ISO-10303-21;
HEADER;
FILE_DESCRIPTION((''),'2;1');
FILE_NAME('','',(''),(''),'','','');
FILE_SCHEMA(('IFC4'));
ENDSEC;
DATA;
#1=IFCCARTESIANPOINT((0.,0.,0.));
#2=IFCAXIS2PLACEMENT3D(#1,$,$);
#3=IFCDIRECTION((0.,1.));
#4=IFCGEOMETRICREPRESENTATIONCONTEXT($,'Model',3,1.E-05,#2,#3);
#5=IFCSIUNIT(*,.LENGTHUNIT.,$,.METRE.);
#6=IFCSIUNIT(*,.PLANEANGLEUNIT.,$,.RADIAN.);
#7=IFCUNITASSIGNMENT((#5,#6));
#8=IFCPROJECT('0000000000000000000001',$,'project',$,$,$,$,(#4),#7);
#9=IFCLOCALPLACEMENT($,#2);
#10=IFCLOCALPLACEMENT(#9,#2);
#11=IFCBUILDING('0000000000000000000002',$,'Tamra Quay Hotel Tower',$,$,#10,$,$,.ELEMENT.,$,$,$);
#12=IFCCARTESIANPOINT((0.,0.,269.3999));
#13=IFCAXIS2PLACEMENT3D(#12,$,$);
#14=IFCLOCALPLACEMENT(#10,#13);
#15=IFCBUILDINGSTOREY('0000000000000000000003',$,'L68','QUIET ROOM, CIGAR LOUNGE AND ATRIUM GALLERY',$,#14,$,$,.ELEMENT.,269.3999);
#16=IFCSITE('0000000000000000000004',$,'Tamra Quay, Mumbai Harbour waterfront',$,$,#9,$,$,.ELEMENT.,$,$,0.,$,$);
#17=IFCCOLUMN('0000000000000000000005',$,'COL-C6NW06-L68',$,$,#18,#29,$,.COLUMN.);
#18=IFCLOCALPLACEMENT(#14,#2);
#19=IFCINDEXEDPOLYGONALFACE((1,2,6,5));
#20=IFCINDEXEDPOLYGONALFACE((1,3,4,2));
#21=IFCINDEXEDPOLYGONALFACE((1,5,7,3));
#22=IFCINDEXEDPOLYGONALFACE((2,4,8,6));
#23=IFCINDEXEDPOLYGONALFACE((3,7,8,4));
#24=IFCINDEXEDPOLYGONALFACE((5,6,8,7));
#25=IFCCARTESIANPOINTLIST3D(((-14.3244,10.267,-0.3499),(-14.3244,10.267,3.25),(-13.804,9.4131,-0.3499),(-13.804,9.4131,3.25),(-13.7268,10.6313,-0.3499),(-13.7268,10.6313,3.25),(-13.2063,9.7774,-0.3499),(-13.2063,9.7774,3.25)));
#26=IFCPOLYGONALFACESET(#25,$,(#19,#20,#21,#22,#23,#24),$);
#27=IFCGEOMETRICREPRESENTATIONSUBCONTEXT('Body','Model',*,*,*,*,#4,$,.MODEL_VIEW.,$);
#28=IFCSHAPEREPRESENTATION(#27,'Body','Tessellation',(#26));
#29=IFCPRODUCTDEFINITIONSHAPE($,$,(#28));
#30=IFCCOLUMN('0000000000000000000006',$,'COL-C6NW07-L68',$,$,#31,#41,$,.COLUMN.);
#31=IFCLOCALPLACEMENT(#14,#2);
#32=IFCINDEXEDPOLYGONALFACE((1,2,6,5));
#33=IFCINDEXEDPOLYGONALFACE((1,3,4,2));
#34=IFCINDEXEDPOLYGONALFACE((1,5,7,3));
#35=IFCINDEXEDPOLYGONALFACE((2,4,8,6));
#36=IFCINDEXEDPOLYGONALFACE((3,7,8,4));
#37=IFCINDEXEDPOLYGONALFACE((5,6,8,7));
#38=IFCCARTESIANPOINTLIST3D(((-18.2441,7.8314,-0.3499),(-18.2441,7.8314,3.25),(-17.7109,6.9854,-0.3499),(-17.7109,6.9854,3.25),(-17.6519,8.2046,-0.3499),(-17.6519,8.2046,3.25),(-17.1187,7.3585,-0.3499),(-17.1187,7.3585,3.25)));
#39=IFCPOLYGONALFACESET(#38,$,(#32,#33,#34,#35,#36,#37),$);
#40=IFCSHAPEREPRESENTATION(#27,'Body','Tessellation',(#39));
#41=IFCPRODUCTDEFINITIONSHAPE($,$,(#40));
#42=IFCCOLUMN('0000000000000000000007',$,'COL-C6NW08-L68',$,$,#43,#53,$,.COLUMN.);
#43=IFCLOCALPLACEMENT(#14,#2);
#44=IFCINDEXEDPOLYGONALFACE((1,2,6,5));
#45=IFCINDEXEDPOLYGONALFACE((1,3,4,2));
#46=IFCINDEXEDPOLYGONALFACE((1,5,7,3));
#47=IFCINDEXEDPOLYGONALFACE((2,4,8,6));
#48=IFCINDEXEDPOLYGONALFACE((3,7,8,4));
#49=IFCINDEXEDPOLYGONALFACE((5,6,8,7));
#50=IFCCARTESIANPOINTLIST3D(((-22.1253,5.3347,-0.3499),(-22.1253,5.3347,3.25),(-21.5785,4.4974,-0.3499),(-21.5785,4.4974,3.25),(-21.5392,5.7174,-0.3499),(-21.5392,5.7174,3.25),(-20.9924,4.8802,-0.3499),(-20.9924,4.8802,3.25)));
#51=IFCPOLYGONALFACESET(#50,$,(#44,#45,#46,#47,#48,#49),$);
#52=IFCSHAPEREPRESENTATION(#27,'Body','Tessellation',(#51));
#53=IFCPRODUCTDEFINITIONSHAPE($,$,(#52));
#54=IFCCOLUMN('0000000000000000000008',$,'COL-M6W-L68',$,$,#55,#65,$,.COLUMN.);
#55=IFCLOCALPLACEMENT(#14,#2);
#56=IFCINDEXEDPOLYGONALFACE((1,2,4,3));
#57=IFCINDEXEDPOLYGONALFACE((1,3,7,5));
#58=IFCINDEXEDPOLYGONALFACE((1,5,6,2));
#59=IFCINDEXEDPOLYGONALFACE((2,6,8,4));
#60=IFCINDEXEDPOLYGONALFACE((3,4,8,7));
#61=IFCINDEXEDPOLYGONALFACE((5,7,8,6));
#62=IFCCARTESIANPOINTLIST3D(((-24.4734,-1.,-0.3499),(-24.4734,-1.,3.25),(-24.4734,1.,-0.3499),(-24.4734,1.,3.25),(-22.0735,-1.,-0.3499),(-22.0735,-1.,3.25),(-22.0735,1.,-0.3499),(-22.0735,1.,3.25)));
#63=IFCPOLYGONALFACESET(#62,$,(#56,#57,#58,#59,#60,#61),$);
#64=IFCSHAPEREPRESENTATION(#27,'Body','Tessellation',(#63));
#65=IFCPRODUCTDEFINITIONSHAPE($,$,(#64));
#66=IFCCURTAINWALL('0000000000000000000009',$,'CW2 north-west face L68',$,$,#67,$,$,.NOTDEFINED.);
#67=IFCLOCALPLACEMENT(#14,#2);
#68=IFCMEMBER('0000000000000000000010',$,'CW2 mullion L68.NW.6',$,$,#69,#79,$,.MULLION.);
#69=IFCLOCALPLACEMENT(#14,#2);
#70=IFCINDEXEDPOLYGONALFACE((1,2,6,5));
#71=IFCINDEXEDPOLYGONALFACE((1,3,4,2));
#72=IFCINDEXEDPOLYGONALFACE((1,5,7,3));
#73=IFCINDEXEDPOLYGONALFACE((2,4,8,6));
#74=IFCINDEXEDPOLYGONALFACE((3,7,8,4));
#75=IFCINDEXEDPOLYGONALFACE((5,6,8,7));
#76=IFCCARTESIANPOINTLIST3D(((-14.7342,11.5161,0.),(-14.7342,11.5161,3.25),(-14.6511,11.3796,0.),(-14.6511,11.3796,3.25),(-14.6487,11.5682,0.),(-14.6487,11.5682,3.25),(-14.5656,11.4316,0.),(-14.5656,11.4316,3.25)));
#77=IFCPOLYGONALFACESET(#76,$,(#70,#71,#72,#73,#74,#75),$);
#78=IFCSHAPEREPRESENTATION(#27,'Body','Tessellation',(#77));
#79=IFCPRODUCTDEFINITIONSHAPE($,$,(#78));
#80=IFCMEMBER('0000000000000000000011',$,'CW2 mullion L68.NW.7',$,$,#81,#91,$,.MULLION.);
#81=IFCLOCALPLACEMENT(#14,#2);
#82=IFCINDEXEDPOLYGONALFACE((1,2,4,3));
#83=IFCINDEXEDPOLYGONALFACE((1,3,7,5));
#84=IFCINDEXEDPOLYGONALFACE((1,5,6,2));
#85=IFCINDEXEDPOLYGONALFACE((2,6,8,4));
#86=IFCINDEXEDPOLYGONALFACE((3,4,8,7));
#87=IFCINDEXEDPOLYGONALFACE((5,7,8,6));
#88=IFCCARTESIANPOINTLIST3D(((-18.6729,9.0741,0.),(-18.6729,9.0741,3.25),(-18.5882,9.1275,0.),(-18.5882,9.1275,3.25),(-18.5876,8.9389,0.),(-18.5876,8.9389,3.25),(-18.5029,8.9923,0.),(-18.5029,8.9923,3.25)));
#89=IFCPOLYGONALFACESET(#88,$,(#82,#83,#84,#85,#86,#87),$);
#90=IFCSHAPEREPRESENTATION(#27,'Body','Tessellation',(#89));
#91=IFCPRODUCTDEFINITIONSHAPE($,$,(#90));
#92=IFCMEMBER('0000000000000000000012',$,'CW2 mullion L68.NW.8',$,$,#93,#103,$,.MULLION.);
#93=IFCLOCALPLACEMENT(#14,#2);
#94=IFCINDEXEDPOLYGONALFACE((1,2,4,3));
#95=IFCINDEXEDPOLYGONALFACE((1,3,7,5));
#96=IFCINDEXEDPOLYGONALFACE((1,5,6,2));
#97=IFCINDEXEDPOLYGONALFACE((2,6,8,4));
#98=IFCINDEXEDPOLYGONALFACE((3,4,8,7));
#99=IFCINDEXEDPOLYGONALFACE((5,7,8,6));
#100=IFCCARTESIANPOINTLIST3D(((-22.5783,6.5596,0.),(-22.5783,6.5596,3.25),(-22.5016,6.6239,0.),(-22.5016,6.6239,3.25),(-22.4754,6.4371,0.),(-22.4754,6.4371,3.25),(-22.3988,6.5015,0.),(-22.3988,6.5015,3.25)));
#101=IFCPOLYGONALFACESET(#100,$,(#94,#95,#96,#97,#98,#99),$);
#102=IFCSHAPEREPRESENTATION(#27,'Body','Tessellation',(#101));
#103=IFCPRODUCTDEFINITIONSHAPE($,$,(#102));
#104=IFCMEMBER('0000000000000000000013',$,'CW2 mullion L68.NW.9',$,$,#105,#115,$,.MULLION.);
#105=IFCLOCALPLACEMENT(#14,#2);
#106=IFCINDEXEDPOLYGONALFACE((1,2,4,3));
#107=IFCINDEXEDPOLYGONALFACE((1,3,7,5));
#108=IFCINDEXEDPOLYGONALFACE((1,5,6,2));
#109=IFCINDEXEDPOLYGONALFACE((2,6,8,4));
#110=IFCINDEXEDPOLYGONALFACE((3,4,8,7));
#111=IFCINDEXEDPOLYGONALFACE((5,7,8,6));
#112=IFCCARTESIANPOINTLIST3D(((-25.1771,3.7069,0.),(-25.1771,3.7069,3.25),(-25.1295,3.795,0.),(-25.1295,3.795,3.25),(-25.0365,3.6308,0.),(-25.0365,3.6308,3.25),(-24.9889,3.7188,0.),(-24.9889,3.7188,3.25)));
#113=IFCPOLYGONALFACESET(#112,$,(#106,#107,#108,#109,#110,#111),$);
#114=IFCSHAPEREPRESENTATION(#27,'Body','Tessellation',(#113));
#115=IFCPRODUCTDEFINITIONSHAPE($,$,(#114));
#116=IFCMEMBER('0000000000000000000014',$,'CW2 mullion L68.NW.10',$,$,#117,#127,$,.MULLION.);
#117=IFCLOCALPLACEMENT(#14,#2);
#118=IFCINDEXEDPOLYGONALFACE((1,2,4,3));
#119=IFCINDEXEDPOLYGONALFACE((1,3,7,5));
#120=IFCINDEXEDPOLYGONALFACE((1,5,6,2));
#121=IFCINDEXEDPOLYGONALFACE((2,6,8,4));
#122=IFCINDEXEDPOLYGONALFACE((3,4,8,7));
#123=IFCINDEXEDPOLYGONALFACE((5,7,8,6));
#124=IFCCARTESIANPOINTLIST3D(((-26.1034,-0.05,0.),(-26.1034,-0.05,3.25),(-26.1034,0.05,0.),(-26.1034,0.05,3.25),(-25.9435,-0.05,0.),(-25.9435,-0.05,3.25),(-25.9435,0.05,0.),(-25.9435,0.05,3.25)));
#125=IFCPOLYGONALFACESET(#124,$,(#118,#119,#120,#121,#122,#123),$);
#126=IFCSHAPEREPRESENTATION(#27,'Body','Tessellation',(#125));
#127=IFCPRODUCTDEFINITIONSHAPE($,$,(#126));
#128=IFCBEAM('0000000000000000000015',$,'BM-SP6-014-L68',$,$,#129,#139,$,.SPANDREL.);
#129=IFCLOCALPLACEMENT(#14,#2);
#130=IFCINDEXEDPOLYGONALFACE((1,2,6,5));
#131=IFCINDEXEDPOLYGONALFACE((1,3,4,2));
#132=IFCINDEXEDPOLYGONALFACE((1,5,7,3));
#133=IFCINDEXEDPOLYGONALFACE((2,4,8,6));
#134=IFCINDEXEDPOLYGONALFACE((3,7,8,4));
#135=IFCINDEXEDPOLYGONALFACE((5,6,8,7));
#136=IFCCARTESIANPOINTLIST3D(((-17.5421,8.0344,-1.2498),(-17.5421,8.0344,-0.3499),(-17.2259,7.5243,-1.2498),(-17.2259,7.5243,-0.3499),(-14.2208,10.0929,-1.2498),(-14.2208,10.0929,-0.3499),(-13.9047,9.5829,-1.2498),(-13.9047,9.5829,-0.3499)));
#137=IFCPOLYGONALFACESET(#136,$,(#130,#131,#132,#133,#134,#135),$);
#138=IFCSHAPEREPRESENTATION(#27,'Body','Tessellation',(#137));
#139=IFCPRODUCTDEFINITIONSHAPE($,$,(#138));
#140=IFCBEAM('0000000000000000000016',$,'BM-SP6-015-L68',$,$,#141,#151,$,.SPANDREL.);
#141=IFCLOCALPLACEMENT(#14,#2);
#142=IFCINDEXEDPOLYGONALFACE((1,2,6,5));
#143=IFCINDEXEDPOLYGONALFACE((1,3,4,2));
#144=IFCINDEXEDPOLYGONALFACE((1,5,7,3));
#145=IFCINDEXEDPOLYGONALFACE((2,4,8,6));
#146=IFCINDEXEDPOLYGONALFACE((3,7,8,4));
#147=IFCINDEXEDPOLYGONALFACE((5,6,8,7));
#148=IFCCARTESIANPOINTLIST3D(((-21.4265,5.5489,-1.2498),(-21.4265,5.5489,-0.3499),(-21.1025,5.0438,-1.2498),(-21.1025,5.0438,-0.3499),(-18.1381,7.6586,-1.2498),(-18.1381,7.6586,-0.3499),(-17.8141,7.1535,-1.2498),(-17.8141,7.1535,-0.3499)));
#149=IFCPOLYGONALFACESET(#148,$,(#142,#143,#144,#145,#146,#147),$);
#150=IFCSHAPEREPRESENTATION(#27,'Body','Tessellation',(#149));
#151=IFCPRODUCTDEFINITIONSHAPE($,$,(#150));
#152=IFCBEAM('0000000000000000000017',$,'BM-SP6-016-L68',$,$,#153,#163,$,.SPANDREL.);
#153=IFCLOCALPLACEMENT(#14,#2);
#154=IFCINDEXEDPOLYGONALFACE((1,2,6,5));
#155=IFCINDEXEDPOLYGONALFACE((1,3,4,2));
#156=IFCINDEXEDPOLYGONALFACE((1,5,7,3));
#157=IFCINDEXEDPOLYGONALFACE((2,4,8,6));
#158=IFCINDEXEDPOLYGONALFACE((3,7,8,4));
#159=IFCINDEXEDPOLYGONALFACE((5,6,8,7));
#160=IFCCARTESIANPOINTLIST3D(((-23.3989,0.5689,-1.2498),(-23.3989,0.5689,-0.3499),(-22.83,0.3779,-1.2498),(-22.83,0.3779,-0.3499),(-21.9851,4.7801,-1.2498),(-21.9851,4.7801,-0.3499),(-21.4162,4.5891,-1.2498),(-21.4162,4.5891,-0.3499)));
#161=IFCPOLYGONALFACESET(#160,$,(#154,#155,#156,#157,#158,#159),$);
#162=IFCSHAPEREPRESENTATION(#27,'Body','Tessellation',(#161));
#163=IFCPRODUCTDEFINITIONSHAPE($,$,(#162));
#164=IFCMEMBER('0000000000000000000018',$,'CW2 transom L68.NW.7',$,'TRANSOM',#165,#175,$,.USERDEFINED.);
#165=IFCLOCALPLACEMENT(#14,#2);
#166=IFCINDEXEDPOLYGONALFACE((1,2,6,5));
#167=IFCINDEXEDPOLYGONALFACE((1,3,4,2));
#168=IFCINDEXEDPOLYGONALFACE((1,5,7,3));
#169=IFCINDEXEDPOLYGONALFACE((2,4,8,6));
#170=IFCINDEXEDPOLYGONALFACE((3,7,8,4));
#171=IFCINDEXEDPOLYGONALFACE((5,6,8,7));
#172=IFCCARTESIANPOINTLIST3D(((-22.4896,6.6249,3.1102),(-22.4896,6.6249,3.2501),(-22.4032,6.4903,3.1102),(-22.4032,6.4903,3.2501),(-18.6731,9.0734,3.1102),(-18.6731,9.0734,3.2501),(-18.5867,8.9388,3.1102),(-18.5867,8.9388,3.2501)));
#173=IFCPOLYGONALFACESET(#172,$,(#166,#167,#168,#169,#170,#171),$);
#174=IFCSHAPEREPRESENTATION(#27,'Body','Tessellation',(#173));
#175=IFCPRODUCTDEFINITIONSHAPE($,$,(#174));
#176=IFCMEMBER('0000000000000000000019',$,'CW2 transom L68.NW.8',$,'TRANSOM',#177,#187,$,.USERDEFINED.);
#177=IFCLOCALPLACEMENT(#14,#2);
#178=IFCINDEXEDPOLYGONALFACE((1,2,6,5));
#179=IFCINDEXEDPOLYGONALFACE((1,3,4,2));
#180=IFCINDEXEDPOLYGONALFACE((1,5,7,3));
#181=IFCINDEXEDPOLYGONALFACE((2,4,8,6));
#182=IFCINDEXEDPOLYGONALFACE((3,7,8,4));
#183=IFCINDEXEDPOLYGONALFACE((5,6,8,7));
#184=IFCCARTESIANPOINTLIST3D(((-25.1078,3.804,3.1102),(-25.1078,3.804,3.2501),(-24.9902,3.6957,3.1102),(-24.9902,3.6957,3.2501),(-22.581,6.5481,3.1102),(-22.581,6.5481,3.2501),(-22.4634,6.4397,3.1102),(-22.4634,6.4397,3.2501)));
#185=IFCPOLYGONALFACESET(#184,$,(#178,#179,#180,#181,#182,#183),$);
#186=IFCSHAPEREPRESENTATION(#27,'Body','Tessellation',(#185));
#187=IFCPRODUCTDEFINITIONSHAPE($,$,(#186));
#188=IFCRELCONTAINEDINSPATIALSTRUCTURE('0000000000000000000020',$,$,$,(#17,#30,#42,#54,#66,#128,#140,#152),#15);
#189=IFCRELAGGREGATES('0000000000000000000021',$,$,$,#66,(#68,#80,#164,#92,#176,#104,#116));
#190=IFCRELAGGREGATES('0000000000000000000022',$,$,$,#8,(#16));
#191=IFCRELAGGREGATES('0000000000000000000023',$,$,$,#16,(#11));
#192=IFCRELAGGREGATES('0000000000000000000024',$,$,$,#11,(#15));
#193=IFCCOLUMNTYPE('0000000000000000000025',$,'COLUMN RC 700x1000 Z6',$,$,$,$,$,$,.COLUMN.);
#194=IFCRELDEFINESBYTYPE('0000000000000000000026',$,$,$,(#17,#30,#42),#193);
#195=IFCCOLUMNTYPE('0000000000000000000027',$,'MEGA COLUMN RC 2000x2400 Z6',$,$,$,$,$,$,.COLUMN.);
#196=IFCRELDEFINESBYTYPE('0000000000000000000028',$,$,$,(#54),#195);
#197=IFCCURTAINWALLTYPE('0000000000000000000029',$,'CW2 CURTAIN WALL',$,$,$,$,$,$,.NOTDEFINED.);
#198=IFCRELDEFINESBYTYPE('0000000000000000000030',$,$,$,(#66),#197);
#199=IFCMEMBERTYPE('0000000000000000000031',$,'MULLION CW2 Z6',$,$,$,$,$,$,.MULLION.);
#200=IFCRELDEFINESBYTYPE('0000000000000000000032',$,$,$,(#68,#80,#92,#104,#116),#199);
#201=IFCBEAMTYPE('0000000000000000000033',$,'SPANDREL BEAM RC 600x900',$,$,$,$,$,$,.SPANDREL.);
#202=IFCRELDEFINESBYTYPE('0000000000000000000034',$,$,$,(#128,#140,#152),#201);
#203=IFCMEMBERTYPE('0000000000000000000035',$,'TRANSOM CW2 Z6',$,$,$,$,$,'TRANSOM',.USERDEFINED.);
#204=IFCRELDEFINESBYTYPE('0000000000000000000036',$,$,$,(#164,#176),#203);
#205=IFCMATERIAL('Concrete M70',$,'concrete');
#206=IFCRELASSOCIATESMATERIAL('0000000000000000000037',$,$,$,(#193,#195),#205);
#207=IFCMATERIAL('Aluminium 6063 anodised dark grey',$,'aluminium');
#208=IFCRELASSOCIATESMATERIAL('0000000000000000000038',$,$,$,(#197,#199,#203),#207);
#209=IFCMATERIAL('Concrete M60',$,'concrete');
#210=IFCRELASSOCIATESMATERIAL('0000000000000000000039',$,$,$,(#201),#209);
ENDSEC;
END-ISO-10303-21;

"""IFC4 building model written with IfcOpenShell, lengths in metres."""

from ifc_helpers import new_model, si_unit, direction, frame, origin, origin_2d, place, context, subcontext, project, spatial, rectangle, extrude, material, material_profile, profile_set, type_object, element, aggregate, save


model = new_model("IFC4")

# Units and contexts
model_context = context("Model", 3, precision=1e-05, world=origin(), true_north=direction((0.0, 1.0)))
body_context = subcontext(model_context, "Body", "Model", "MODEL_VIEW")
ifc_project = project(units=[si_unit("LENGTHUNIT", "METRE"), si_unit("PLANEANGLEUNIT", "RADIAN")], contexts=[model_context])

# Site, building, storey
site_placement = place(None, origin())
site = spatial("IfcSite", under=ifc_project, at=site_placement, Name="Tamra Quay, Mumbai Harbour waterfront", CompositionType="ELEMENT", RefElevation=0.0)
building_placement = place(site_placement, origin())
building = spatial("IfcBuilding", under=site, at=building_placement, Name="Tamra Quay Hotel Tower", CompositionType="ELEMENT")
storey_placement = place(building_placement, frame((0.0, 0.0, 269.3999)))
storey = spatial("IfcBuildingStorey", under=building, at=storey_placement, Name="L68", Description="QUIET ROOM, CIGAR LOUNGE AND ATRIUM GALLERY", CompositionType="ELEMENT", Elevation=269.3999)

# Columns
ifc_material_1 = material(Name="Concrete M70", Category="concrete")
ifc_material_profile_1 = material_profile(ifc_material_1, rectangle(XDim=1.0, YDim=0.7, at=origin_2d()), Name="COLUMN RC 700x1000 Z6")
ifc_profile_set_1 = profile_set([ifc_material_profile_1], Name="Concrete M70")
column_type_1 = type_object("IfcColumnType", Name="COLUMN RC 700x1000 Z6", PredefinedType="COLUMN", material=ifc_profile_set_1)
for number, where, z_axis, x_axis, name in (
    (1, (-13.7654, 10.0222, -0.3499), (0.0, 0.0, 1.0), (-0.52043, 0.853904, 0.0), "COL-C6NW06-L68"),
    (2, (-17.6814, 7.595, -0.3499), (0.0, 0.0, 1.0), (-0.533133, 0.846031, 0.0), "COL-C6NW07-L68"),
    (3, (-21.5588, 5.1074, -0.3499), (0.0, 0.0, 1.0), (-0.546805, 0.83726, 0.0), "COL-C6NW08-L68"),
):
    element("IfcColumn", number, at=place(storey_placement, frame(where, z_axis=z_axis, x_axis=x_axis)), inside=storey, type_object=column_type_1, Name=name, PredefinedType="COLUMN", context=body_context, shape_type="SweptSolid", body=[
        extrude(rectangle(XDim=1.0, YDim=0.7, at=origin_2d()), origin(), (0.0, 0.0, 1.0), 3.5999),
    ])
ifc_material_profile_2 = material_profile(ifc_material_1, rectangle(XDim=2.3999, YDim=2.0, at=origin_2d()), Name="MEGA COLUMN RC 2000x2400 Z6")
ifc_profile_set_2 = profile_set([ifc_material_profile_2], Name="Concrete M70")
column_type_2 = type_object("IfcColumnType", Name="MEGA COLUMN RC 2000x2400 Z6", PredefinedType="COLUMN", material=ifc_profile_set_2)
column_placement = place(storey_placement, frame((-23.2734, 0.0, -0.3499), z_axis=(0.0, 0.0, 1.0), x_axis=(1.0, 0.0, 0.0)))
element("IfcColumn", 4, at=column_placement, inside=storey, type_object=column_type_2, Name="COL-M6W-L68", PredefinedType="COLUMN", context=body_context, shape_type="SweptSolid", body=[
    extrude(rectangle(XDim=2.3999, YDim=2.0, at=origin_2d()), origin(), (0.0, 0.0, 1.0), 3.5999),
])

# Curtain wall, members
ifc_material_2 = material(Name="Aluminium 6063 anodised dark grey", Category="aluminium")
curtain_wall_type = type_object("IfcCurtainWallType", Name="CW2 CURTAIN WALL", PredefinedType="NOTDEFINED", material=ifc_material_2)
curtain_wall_placement = place(storey_placement, origin())
curtain_wall = element("IfcCurtainWall", 5, at=curtain_wall_placement, inside=storey, type_object=curtain_wall_type, Name="CW2 north-west face L68", PredefinedType="NOTDEFINED")
ifc_material_profile_3 = material_profile(ifc_material_2, rectangle(XDim=0.1599, YDim=0.1001, at=origin_2d()), Name="MULLION 100X160")
ifc_profile_set_3 = profile_set([ifc_material_profile_3], Name="Aluminium 6063 anodised dark grey")
member_type_1 = type_object("IfcMemberType", Name="MULLION CW2 Z6", PredefinedType="MULLION", material=ifc_profile_set_3)
member_1_placement = place(storey_placement, frame((-14.6499, 11.4739, 0.0), z_axis=(0.0, 0.0, 1.0), x_axis=(-0.52016, 0.854069, 0.0)))
member_1 = element("IfcMember", 6, at=member_1_placement, type_object=member_type_1, Name="CW2 mullion L68.NW.6", PredefinedType="MULLION", context=body_context, shape_type="SweptSolid", body=[
    extrude(rectangle(XDim=0.1599, YDim=0.1001, at=origin_2d()), origin(), (0.0, 0.0, 1.0), 3.25),
])
member_2_placement = place(storey_placement, frame((-18.5879, 9.0332, 0.0), z_axis=(0.0, 0.0, 1.0), x_axis=(-0.533422, 0.845849, 0.0)))
member_2 = element("IfcMember", 7, at=member_2_placement, type_object=member_type_1, Name="CW2 mullion L68.NW.7", PredefinedType="MULLION", context=body_context, shape_type="SweptSolid", body=[
    extrude(rectangle(XDim=0.1599, YDim=0.1001, at=origin_2d()), origin(), (0.0, 0.0, 1.0), 3.25),
])
member_3_placement = place(storey_placement, frame((-22.4885, 6.5305, 0.0), z_axis=(0.0, 0.0, 1.0), x_axis=(-0.643086, 0.765794, 0.0)))
member_3 = element("IfcMember", 8, at=member_3_placement, type_object=member_type_1, Name="CW2 mullion L68.NW.8", PredefinedType="MULLION", context=body_context, shape_type="SweptSolid", body=[
    extrude(rectangle(XDim=0.1599, YDim=0.1001, at=origin_2d()), origin(), (0.0, 0.0, 1.0), 3.25),
])
member_4_placement = place(storey_placement, frame((-25.083, 3.7129, 0.0), z_axis=(0.0, 0.0, 1.0), x_axis=(-0.879433, 0.476023, 0.0)))
member_4 = element("IfcMember", 9, at=member_4_placement, type_object=member_type_1, Name="CW2 mullion L68.NW.9", PredefinedType="MULLION", context=body_context, shape_type="SweptSolid", body=[
    extrude(rectangle(XDim=0.1599, YDim=0.1001, at=origin_2d()), origin(), (0.0, 0.0, 1.0), 3.25),
])
member_5_placement = place(storey_placement, frame((-26.0234, 0.0, 0.0), z_axis=(0.0, 0.0, 1.0), x_axis=(-1.0, 0.0, 0.0)))
member_5 = element("IfcMember", 10, at=member_5_placement, type_object=member_type_1, Name="CW2 mullion L68.NW.10", PredefinedType="MULLION", context=body_context, shape_type="SweptSolid", body=[
    extrude(rectangle(XDim=0.1599, YDim=0.1001, at=origin_2d()), origin(), (0.0, 0.0, 1.0), 3.25),
])

# Beams
ifc_material_3 = material(Name="Concrete M60", Category="concrete")
ifc_material_profile_4 = material_profile(ifc_material_3, rectangle(XDim=0.6001, YDim=0.8999, at=origin_2d()), Name="SPANDREL BEAM RC 600x900")
ifc_profile_set_4 = profile_set([ifc_material_profile_4], Name="Concrete M60")
beam_type = type_object("IfcBeamType", Name="SPANDREL BEAM RC 600x900", PredefinedType="SPANDREL", material=ifc_profile_set_4)
beam_1_placement = place(storey_placement, frame((-14.0627, 9.8379, -0.7998), z_axis=(-0.849972, -0.526828, 0.0), x_axis=(0.526828, -0.849972, 0.0)))
element("IfcBeam", 11, at=beam_1_placement, inside=storey, type_object=beam_type, Name="BM-SP6-014-L68", PredefinedType="SPANDREL", context=body_context, shape_type="SweptSolid", body=[
    extrude(rectangle(XDim=0.6001, YDim=0.8999, at=origin_2d()), origin(), (0.0, 0.0, 1.0), 3.9075),
])
beam_2_placement = place(storey_placement, frame((-17.9761, 7.406, -0.7998), z_axis=(-0.84168, -0.539977, 0.0), x_axis=(0.539977, -0.84168, 0.0)))
element("IfcBeam", 12, at=beam_2_placement, inside=storey, type_object=beam_type, Name="BM-SP6-015-L68", PredefinedType="SPANDREL", context=body_context, shape_type="SweptSolid", body=[
    extrude(rectangle(XDim=0.6001, YDim=0.8999, at=origin_2d()), origin(), (0.0, 0.0, 1.0), 3.907),
])
beam_3_placement = place(storey_placement, frame((-21.7007, 4.6846, -0.7998), z_axis=(-0.318272, -0.948, 0.0), x_axis=(0.948, -0.318272, 0.0)))
element("IfcBeam", 13, at=beam_3_placement, inside=storey, type_object=beam_type, Name="BM-SP6-016-L68", PredefinedType="SPANDREL", context=body_context, shape_type="SweptSolid", body=[
    extrude(rectangle(XDim=0.6001, YDim=0.8999, at=origin_2d()), origin(), (0.0, 0.0, 1.0), 4.4421),
])

# Members
ifc_material_profile_5 = material_profile(ifc_material_2, rectangle(XDim=0.1599, YDim=0.1399, at=origin_2d()), Name="TRANSOM 160X140")
ifc_profile_set_5 = profile_set([ifc_material_profile_5], Name="Aluminium 6063 anodised dark grey")
member_type_2 = type_object("IfcMemberType", Name="TRANSOM CW2 Z6", ElementType="TRANSOM", PredefinedType="USERDEFINED", material=ifc_profile_set_5)
member_6_placement = place(storey_placement, frame((-18.6299, 9.0061, 3.1802), z_axis=(-0.841671, -0.53999, 0.0), x_axis=(0.53999, -0.841671, 0.0)))
member_6 = element("IfcMember", 14, at=member_6_placement, type_object=member_type_2, Name="CW2 transom L68.NW.7", ObjectType="TRANSOM", PredefinedType="USERDEFINED", context=body_context, shape_type="SweptSolid", body=[
    extrude(rectangle(XDim=0.1599, YDim=0.1399, at=origin_2d()), origin(), (0.0, 0.0, 1.0), 4.5344),
])
member_7_placement = place(storey_placement, frame((-22.5222, 6.4939, 3.1802), z_axis=(-0.677383, -0.735631, 0.0), x_axis=(0.735631, -0.677383, 0.0)))
member_7 = element("IfcMember", 15, at=member_7_placement, type_object=member_type_2, Name="CW2 transom L68.NW.8", ObjectType="TRANSOM", PredefinedType="USERDEFINED", context=body_context, shape_type="SweptSolid", body=[
    extrude(rectangle(XDim=0.1599, YDim=0.1399, at=origin_2d()), origin(), (0.0, 0.0, 1.0), 3.7302),
])

aggregate(curtain_wall, [member_1, member_2, member_6, member_3, member_7, member_4, member_5])

save(model, "model.ifc")
